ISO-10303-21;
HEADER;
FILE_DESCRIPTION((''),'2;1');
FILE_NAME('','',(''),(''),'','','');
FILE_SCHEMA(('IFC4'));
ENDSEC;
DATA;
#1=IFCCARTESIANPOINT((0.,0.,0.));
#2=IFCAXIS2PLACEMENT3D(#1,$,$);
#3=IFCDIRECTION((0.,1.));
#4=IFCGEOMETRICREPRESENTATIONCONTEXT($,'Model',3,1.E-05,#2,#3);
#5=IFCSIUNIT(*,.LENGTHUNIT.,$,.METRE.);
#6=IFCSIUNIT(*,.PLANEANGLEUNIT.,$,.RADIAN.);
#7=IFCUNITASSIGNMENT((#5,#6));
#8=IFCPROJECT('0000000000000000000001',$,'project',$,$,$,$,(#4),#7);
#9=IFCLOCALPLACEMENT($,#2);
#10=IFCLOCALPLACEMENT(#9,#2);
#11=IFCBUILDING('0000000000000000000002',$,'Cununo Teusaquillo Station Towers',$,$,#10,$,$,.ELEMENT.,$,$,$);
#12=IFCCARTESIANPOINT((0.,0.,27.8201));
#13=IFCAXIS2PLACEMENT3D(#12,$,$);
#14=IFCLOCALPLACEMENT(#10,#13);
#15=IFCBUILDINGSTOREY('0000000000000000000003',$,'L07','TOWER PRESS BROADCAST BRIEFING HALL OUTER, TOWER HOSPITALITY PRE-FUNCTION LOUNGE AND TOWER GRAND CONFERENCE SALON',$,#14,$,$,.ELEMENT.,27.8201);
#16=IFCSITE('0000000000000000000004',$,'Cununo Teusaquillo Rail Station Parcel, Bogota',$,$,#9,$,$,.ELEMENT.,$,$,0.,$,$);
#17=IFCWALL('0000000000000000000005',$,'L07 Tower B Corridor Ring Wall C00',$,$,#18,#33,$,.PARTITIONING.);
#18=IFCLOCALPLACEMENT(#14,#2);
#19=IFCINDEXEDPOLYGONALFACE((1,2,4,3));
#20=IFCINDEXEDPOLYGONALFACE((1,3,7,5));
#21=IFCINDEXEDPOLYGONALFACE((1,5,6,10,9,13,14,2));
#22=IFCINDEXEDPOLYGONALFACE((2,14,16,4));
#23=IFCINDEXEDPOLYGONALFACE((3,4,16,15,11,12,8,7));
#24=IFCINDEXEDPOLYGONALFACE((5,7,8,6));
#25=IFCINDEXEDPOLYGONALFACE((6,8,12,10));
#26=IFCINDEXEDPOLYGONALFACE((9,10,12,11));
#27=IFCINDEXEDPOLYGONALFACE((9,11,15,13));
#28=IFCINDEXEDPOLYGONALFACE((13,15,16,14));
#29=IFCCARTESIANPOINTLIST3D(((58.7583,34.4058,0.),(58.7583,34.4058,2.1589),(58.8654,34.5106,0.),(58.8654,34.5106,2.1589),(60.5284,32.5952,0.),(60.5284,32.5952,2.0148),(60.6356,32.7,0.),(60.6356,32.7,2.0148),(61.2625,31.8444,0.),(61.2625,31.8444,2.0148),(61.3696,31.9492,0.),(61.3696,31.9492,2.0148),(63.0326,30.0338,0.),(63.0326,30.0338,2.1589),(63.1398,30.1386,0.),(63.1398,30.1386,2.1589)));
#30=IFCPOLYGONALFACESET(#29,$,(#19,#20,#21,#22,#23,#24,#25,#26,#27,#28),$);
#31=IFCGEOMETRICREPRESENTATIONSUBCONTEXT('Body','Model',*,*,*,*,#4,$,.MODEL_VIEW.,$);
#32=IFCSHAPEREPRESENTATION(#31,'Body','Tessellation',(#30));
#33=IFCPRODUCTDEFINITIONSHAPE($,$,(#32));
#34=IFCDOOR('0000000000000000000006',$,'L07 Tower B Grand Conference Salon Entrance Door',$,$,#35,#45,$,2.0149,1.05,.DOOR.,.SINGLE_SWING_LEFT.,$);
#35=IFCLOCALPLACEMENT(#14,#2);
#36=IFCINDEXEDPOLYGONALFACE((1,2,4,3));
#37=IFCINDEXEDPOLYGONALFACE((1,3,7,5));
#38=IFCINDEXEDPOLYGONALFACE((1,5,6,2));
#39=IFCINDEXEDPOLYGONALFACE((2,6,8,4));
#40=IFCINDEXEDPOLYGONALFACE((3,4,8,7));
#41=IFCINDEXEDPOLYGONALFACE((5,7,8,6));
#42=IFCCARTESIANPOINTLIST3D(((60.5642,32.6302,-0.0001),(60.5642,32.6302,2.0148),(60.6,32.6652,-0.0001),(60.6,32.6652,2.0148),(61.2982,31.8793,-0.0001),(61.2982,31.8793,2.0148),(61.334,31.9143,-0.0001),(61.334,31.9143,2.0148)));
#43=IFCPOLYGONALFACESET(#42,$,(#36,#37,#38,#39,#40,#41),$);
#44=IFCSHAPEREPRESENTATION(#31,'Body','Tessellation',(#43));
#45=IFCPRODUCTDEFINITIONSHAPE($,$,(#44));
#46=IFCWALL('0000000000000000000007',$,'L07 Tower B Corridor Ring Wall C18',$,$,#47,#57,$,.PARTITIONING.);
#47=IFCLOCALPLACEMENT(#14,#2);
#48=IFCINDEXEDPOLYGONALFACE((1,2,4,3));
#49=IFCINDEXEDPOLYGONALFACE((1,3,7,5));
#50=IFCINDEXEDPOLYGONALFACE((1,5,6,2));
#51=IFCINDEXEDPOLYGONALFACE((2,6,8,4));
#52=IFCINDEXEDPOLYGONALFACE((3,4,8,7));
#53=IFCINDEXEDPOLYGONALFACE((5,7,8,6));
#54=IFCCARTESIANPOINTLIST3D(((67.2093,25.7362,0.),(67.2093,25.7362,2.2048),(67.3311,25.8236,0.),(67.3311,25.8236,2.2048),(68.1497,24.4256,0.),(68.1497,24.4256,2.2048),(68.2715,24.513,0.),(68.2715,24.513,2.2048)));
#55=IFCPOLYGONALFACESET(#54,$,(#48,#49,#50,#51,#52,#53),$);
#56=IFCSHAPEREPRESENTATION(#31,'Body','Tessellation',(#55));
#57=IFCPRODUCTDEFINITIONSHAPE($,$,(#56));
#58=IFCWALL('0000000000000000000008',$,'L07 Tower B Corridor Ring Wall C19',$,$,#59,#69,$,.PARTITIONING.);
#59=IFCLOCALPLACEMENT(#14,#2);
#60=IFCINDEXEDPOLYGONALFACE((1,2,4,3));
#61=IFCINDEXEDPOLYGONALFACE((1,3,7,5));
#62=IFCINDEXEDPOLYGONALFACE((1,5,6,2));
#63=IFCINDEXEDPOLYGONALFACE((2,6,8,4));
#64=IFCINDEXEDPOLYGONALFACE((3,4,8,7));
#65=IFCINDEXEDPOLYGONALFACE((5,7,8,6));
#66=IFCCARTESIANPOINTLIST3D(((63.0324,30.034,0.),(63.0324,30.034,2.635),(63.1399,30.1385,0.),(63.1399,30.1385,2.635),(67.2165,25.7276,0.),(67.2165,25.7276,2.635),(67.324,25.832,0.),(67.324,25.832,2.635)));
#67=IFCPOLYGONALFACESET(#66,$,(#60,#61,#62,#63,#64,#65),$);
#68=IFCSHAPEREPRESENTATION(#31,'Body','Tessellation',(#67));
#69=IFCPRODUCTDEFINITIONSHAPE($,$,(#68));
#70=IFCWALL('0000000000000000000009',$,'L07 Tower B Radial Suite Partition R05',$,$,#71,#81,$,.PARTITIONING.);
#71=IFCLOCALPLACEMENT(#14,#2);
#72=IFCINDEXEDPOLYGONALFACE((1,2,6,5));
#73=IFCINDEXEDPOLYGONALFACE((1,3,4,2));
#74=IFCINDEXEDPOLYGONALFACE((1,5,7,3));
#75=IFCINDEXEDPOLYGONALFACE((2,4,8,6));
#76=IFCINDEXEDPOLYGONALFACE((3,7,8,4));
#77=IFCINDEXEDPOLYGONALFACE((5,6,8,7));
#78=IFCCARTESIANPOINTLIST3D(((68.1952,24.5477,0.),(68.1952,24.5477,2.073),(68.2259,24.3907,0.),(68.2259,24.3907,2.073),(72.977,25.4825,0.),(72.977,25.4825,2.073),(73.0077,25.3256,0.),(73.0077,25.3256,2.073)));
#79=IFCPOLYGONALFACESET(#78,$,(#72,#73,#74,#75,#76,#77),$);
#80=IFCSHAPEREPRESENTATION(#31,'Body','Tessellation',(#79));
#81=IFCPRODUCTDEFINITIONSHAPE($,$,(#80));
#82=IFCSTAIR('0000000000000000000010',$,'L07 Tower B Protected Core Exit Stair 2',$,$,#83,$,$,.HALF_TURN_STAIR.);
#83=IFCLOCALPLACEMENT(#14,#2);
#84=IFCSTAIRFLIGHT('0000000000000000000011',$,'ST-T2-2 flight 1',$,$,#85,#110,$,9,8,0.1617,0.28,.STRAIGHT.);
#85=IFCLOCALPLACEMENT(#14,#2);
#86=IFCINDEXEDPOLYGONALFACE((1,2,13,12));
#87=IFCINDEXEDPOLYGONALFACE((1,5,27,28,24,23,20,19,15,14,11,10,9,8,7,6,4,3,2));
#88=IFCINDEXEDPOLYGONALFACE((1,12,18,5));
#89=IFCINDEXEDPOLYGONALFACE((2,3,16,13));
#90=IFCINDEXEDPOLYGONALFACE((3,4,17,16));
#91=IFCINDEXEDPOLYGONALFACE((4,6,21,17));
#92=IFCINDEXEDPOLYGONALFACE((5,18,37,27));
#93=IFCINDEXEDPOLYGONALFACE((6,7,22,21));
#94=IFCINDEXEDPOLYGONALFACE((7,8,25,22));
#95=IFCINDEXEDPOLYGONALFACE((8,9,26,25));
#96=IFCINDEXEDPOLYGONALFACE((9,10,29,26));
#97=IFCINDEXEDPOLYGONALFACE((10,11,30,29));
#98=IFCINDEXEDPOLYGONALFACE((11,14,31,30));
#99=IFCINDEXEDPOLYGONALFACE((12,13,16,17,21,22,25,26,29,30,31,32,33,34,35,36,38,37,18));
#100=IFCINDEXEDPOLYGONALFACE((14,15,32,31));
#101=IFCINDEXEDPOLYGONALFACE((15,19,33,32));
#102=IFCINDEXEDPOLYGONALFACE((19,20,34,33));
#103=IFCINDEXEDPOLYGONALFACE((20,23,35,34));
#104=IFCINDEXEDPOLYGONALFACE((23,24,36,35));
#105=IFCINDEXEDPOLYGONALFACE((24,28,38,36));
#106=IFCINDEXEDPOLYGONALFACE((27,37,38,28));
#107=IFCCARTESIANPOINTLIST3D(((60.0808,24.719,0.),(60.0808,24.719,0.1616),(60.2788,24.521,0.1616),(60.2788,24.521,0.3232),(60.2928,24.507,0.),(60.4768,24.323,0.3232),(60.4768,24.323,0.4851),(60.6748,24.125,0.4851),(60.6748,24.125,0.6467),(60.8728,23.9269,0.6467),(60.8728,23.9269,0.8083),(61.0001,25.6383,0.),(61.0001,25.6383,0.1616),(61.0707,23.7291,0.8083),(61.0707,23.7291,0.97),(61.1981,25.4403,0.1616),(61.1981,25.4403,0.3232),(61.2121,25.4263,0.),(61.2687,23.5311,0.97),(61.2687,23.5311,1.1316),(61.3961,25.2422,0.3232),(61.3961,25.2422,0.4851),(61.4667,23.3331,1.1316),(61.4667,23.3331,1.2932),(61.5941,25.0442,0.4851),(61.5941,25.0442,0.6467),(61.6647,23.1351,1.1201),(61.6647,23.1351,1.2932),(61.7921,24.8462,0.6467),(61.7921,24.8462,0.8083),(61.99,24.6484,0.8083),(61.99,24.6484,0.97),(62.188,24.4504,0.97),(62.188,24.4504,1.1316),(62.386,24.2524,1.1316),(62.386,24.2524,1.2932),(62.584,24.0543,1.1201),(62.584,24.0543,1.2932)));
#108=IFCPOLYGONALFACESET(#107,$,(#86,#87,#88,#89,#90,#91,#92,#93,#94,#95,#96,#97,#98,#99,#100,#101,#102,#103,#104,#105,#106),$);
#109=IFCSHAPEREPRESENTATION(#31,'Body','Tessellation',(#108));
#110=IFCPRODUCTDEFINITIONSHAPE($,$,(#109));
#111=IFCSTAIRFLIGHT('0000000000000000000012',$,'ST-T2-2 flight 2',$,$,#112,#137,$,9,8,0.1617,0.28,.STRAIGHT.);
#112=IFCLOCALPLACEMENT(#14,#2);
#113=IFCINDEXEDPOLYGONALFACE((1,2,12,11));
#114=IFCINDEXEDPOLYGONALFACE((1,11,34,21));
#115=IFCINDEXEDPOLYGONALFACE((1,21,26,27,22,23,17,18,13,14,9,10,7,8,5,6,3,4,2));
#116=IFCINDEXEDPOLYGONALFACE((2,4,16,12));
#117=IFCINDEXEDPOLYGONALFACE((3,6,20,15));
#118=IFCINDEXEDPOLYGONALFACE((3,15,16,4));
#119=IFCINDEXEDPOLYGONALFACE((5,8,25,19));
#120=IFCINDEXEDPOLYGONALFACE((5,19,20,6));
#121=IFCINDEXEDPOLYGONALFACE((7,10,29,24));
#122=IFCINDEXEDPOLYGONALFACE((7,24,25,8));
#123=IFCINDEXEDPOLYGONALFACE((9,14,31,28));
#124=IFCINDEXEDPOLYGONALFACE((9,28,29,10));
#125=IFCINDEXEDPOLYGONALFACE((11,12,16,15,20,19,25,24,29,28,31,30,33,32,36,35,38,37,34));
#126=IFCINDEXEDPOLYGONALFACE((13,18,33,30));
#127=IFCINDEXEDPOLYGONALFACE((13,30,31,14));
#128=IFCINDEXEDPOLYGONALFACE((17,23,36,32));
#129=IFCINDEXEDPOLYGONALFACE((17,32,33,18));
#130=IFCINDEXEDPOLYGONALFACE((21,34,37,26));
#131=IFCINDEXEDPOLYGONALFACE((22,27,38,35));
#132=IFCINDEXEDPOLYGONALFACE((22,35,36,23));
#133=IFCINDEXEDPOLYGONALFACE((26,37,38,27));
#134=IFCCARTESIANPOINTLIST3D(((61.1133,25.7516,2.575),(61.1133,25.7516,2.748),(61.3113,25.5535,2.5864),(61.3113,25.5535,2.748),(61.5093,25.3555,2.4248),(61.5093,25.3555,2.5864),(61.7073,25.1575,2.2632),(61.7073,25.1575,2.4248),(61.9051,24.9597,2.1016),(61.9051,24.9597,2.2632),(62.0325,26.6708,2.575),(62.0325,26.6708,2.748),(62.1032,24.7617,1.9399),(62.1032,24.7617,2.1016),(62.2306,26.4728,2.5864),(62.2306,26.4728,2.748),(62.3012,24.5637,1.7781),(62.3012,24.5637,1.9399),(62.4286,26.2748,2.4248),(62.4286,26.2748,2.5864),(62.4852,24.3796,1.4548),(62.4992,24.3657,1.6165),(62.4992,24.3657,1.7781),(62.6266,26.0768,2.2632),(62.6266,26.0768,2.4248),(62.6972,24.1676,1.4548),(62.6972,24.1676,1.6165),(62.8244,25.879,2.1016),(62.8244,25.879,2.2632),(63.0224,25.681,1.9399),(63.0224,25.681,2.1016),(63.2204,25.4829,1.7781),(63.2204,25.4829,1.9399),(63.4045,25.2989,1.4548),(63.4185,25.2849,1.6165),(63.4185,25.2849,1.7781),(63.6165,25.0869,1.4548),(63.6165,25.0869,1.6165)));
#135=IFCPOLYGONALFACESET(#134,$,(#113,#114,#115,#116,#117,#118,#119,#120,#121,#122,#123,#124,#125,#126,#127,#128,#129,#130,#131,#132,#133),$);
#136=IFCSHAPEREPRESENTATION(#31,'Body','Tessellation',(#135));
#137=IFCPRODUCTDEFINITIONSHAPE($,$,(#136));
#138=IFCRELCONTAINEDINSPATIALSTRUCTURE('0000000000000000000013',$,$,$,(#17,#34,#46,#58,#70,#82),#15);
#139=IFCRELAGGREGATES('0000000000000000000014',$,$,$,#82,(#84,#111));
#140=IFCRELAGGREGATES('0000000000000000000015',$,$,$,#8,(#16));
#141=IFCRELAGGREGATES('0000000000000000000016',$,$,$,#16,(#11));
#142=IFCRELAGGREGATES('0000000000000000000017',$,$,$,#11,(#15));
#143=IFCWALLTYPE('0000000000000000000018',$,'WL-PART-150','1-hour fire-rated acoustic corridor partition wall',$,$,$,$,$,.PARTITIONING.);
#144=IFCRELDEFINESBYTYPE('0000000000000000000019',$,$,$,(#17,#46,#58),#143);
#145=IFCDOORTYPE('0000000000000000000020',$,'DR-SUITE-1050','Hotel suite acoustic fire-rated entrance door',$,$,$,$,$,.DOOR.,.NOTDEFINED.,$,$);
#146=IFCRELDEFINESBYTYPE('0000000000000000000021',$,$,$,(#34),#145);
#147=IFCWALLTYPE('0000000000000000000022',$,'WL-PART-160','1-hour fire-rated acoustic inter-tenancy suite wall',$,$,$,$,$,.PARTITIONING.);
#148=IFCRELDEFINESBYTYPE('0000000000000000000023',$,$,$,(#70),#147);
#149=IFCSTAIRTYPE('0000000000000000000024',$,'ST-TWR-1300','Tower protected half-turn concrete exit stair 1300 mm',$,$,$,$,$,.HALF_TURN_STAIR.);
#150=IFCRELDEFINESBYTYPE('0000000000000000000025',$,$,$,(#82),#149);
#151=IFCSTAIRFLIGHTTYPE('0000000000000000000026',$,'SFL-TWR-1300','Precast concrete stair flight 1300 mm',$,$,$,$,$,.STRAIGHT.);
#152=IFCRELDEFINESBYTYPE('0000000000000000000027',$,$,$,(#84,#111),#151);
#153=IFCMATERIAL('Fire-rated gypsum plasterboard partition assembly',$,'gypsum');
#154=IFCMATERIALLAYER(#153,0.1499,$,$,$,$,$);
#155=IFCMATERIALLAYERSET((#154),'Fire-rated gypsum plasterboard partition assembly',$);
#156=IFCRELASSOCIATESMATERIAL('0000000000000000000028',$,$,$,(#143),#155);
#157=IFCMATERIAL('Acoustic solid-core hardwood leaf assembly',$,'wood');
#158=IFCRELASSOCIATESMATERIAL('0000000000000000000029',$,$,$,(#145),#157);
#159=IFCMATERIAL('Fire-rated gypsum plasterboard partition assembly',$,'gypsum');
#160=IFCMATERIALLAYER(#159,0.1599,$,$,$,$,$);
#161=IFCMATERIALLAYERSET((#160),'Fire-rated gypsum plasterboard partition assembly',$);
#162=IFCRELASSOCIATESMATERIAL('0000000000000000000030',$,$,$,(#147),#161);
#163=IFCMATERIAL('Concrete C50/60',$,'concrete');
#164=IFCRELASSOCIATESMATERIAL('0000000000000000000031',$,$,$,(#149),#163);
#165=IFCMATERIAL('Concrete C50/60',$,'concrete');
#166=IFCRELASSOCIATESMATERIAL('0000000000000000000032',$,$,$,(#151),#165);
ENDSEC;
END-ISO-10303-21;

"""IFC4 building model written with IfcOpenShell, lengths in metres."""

from ifc_helpers import new_model, si_unit, direction, frame, frame_2d, origin, place, context, subcontext, project, spatial, polyline, rectangle, outline, extrude, source, transform, mapped, material, layer, layer_set, type_object, element, fill, aggregate, save


model = new_model("IFC4")

# Units and contexts
model_context = context("Model", 3, precision=1e-05, world=origin(), true_north=direction((0.0, 1.0)))
body_context = subcontext(model_context, "Body", "Model", "MODEL_VIEW")
ifc_project = project(units=[si_unit("LENGTHUNIT", "METRE"), si_unit("PLANEANGLEUNIT", "RADIAN")], contexts=[model_context])

# Site, building, storey
site_placement = place(None, origin())
site = spatial("IfcSite", under=ifc_project, at=site_placement, Name="Cununo Teusaquillo Rail Station Parcel, Bogota", CompositionType="ELEMENT", RefElevation=0.0)
building_placement = place(site_placement, origin())
building = spatial("IfcBuilding", under=site, at=building_placement, Name="Cununo Teusaquillo Station Towers", CompositionType="ELEMENT")
storey_placement = place(building_placement, frame((0.0, 0.0, 27.8201)))
storey = spatial("IfcBuildingStorey", under=building, at=storey_placement, Name="L07", Description="TOWER PRESS BROADCAST BRIEFING HALL OUTER, TOWER HOSPITALITY PRE-FUNCTION LOUNGE AND TOWER GRAND CONFERENCE SALON", CompositionType="ELEMENT", Elevation=27.8201)

# Wall, opening, door
ifc_material_1 = material(Name="Fire-rated gypsum plasterboard partition assembly", Category="gypsum")
ifc_layer_1 = layer(ifc_material_1, 0.1499)
ifc_layer_set_1 = layer_set([ifc_layer_1], Name="Fire-rated gypsum plasterboard partition assembly")
wall_type_1 = type_object("IfcWallType", Name="WL-PART-150", Description="1-hour fire-rated acoustic corridor partition wall", PredefinedType="PARTITIONING", material=ifc_layer_set_1)
wall_1_placement = place(storey_placement, frame((63.0862, 30.0862, 0.0), z_axis=(0.0, 0.0, 1.0), x_axis=(-0.699076, 0.715047, 0.0)))
wall_1 = element("IfcWall", 1, at=wall_1_placement, inside=storey, type_object=wall_type_1, Name="L07 Tower B Corridor Ring Wall C00", PredefinedType="PARTITIONING", context=body_context, shape_type="SweptSolid", body=[
    extrude(rectangle(XDim=6.1143, YDim=0.1499, at=frame_2d((3.0571, 0.0))), origin(), (0.0, 0.0, 1.0), 2.1589),
])
shared_shape_1 = source(origin(), body_context, "Body", "SweptSolid", [
    extrude(rectangle(XDim=1.05, YDim=2.0149, at=frame_2d((0.5249, 1.0073))), frame((0.0, 0.085, 0.0), z_axis=(0.0, -1.0, 0.0), x_axis=(1.0, 0.0, 0.0)), (0.0, 0.0, 1.0), 0.1699),
])
opening_1_placement = place(wall_1_placement, frame((2.5322, 0.0, 0.0)))
opening_1 = element("IfcOpeningElement", 2, at=opening_1_placement, cuts=wall_1, PredefinedType="OPENING", context=body_context, shape_type="MappedRepresentation", body=[
    mapped(shared_shape_1, transform((0.0, 0.0, 0.0), x_axis=(1.0, 0.0, 0.0), y_axis=(0.0, 1.0, 0.0), z_axis=(0.0, 0.0, 1.0), scale=1.0)),
])
ifc_material_2 = material(Name="Acoustic solid-core hardwood leaf assembly", Category="wood")
door_type = type_object("IfcDoorType", Name="DR-SUITE-1050", Description="Hotel suite acoustic fire-rated entrance door", OperationType="NOTDEFINED", PredefinedType="DOOR", material=ifc_material_2)
shared_shape_2 = source(origin(), body_context, "Body", "SweptSolid", [
    extrude(rectangle(XDim=1.05, YDim=2.0149, at=frame_2d((0.5249, 1.0073))), frame((0.0, 0.0249, 0.0), z_axis=(0.0, -1.0, 0.0), x_axis=(1.0, 0.0, 0.0)), (0.0, 0.0, 1.0), 0.05),
])
door_placement = place(opening_1_placement, origin())
door = element("IfcDoor", 3, at=door_placement, inside=storey, type_object=door_type, Name="L07 Tower B Grand Conference Salon Entrance Door", OperationType="SINGLE_SWING_LEFT", OverallHeight=2.0149, OverallWidth=1.05, PredefinedType="DOOR", context=body_context, shape_type="MappedRepresentation", body=[
    mapped(shared_shape_2, transform((0.0, 0.0, 0.0), x_axis=(1.0, 0.0, 0.0), y_axis=(0.0, 1.0, 0.0), z_axis=(0.0, 0.0, 1.0), scale=1.0)),
])
fill(opening_1, door)

# Walls
wall_2_placement = place(storey_placement, frame((68.2107, 24.4692, 0.0), z_axis=(0.0, 0.0, 1.0), x_axis=(-0.583012, 0.812463, 0.0)))
element("IfcWall", 4, at=wall_2_placement, inside=storey, type_object=wall_type_1, Name="L07 Tower B Corridor Ring Wall C18", PredefinedType="PARTITIONING", context=body_context, shape_type="SweptSolid", body=[
    extrude(rectangle(XDim=1.613, YDim=0.1499, at=frame_2d((0.8066, 0.0))), origin(), (0.0, 0.0, 1.0), 2.2048),
])
wall_3_placement = place(storey_placement, frame((67.2703, 25.7798, 0.0), z_axis=(0.0, 0.0, 1.0), x_axis=(-0.696848, 0.717219, 0.0)))
element("IfcWall", 5, at=wall_3_placement, inside=storey, type_object=wall_type_1, Name="L07 Tower B Corridor Ring Wall C19", PredefinedType="PARTITIONING", context=body_context, shape_type="SweptSolid", body=[
    extrude(rectangle(XDim=6.0044, YDim=0.1499, at=frame_2d((3.0022, 0.0))), origin(), (0.0, 0.0, 1.0), 2.635),
])
ifc_material_3 = material(Name="Fire-rated gypsum plasterboard partition assembly", Category="gypsum")
ifc_layer_2 = layer(ifc_material_3, 0.1599)
ifc_layer_set_2 = layer_set([ifc_layer_2], Name="Fire-rated gypsum plasterboard partition assembly")
wall_type_2 = type_object("IfcWallType", Name="WL-PART-160", Description="1-hour fire-rated acoustic inter-tenancy suite wall", PredefinedType="PARTITIONING", material=ifc_layer_set_2)
wall_4_placement = place(storey_placement, frame((68.2107, 24.4692, 0.0), z_axis=(0.0, 0.0, 1.0), x_axis=(0.981421, 0.191865, 0.0)))
element("IfcWall", 6, at=wall_4_placement, inside=storey, type_object=wall_type_2, Name="L07 Tower B Radial Suite Partition R05", PredefinedType="PARTITIONING", context=body_context, shape_type="SweptSolid", body=[
    extrude(rectangle(XDim=4.8723, YDim=0.1599, at=frame_2d((2.436, 0.0))), origin(), (0.0, 0.0, 1.0), 2.073),
])

# Stair, stair flights
ifc_material_4 = material(Name="Concrete C50/60", Category="concrete")
stair_type = type_object("IfcStairType", Name="ST-TWR-1300", Description="Tower protected half-turn concrete exit stair 1300 mm", PredefinedType="HALF_TURN_STAIR", material=ifc_material_4)
stair_placement = place(storey_placement, origin())
stair = element("IfcStair", 7, at=stair_placement, inside=storey, type_object=stair_type, Name="L07 Tower B Protected Core Exit Stair 2", PredefinedType="HALF_TURN_STAIR")
ifc_material_5 = material(Name="Concrete C50/60", Category="concrete")
stair_flight_type = type_object("IfcStairFlightType", Name="SFL-TWR-1300", Description="Precast concrete stair flight 1300 mm", PredefinedType="STRAIGHT", material=ifc_material_5)
stair_flight_1_placement = place(storey_placement, frame((60.5405, 25.1787, 0.0), z_axis=(0.0, 0.0, 1.0), x_axis=(0.707107, -0.707107, 0.0)))
stair_flight_1 = element("IfcStairFlight", 8, at=stair_flight_1_placement, type_object=stair_flight_type, Name="ST-T2-2 flight 1", NumberOfRisers=9, NumberOfTreads=8, PredefinedType="STRAIGHT", RiserHeight=0.1617, TreadLength=0.28, context=body_context, shape_type="SweptSolid", body=[
    extrude(outline(polyline([(0.0, 0.0), (0.0, 0.1616), (0.28, 0.1616), (0.28, 0.3232), (0.5601, 0.3232), (0.5601, 0.4851), (0.8401, 0.4851), (0.8401, 0.6467), (1.1201, 0.6467), (1.1201, 0.8083), (1.3999, 0.8083), (1.3999, 0.97), (1.6799, 0.97), (1.6799, 1.1316), (1.96, 1.1316), (1.96, 1.2932), (2.24, 1.2932), (2.24, 1.4551), (2.24, 1.1201), (0.2998, 0.0), (0.0, 0.0)])), frame((0.0, 0.6499, 0.0), z_axis=(0.0, -1.0, 0.0), x_axis=(1.0, 0.0, 0.0)), (0.0, 0.0, 1.0), 1.3),
])
stair_flight_2_placement = place(storey_placement, frame((63.1567, 24.6272, 1.4548), z_axis=(0.0, 0.0, 1.0), x_axis=(-0.707107, 0.707107, 0.0)))
stair_flight_2 = element("IfcStairFlight", 9, at=stair_flight_2_placement, type_object=stair_flight_type, Name="ST-T2-2 flight 2", NumberOfRisers=9, NumberOfTreads=8, PredefinedType="STRAIGHT", RiserHeight=0.1617, TreadLength=0.28, context=body_context, shape_type="SweptSolid", body=[
    extrude(outline(polyline([(0.0, 0.0), (0.0, 0.1616), (0.28, 0.1616), (0.28, 0.3232), (0.5601, 0.3232), (0.5601, 0.4851), (0.8401, 0.4851), (0.8401, 0.6467), (1.1201, 0.6467), (1.1201, 0.8083), (1.3999, 0.8083), (1.3999, 0.97), (1.6799, 0.97), (1.6799, 1.1316), (1.96, 1.1316), (1.96, 1.2932), (2.24, 1.2932), (2.24, 1.4551), (2.24, 1.1201), (0.2998, 0.0), (0.0, 0.0)])), frame((0.0, 0.6499, 0.0), z_axis=(0.0, -1.0, 0.0), x_axis=(1.0, 0.0, 0.0)), (0.0, 0.0, 1.0), 1.3),
])
aggregate(stair, [stair_flight_1, stair_flight_2])

save(model, "model.ifc")
